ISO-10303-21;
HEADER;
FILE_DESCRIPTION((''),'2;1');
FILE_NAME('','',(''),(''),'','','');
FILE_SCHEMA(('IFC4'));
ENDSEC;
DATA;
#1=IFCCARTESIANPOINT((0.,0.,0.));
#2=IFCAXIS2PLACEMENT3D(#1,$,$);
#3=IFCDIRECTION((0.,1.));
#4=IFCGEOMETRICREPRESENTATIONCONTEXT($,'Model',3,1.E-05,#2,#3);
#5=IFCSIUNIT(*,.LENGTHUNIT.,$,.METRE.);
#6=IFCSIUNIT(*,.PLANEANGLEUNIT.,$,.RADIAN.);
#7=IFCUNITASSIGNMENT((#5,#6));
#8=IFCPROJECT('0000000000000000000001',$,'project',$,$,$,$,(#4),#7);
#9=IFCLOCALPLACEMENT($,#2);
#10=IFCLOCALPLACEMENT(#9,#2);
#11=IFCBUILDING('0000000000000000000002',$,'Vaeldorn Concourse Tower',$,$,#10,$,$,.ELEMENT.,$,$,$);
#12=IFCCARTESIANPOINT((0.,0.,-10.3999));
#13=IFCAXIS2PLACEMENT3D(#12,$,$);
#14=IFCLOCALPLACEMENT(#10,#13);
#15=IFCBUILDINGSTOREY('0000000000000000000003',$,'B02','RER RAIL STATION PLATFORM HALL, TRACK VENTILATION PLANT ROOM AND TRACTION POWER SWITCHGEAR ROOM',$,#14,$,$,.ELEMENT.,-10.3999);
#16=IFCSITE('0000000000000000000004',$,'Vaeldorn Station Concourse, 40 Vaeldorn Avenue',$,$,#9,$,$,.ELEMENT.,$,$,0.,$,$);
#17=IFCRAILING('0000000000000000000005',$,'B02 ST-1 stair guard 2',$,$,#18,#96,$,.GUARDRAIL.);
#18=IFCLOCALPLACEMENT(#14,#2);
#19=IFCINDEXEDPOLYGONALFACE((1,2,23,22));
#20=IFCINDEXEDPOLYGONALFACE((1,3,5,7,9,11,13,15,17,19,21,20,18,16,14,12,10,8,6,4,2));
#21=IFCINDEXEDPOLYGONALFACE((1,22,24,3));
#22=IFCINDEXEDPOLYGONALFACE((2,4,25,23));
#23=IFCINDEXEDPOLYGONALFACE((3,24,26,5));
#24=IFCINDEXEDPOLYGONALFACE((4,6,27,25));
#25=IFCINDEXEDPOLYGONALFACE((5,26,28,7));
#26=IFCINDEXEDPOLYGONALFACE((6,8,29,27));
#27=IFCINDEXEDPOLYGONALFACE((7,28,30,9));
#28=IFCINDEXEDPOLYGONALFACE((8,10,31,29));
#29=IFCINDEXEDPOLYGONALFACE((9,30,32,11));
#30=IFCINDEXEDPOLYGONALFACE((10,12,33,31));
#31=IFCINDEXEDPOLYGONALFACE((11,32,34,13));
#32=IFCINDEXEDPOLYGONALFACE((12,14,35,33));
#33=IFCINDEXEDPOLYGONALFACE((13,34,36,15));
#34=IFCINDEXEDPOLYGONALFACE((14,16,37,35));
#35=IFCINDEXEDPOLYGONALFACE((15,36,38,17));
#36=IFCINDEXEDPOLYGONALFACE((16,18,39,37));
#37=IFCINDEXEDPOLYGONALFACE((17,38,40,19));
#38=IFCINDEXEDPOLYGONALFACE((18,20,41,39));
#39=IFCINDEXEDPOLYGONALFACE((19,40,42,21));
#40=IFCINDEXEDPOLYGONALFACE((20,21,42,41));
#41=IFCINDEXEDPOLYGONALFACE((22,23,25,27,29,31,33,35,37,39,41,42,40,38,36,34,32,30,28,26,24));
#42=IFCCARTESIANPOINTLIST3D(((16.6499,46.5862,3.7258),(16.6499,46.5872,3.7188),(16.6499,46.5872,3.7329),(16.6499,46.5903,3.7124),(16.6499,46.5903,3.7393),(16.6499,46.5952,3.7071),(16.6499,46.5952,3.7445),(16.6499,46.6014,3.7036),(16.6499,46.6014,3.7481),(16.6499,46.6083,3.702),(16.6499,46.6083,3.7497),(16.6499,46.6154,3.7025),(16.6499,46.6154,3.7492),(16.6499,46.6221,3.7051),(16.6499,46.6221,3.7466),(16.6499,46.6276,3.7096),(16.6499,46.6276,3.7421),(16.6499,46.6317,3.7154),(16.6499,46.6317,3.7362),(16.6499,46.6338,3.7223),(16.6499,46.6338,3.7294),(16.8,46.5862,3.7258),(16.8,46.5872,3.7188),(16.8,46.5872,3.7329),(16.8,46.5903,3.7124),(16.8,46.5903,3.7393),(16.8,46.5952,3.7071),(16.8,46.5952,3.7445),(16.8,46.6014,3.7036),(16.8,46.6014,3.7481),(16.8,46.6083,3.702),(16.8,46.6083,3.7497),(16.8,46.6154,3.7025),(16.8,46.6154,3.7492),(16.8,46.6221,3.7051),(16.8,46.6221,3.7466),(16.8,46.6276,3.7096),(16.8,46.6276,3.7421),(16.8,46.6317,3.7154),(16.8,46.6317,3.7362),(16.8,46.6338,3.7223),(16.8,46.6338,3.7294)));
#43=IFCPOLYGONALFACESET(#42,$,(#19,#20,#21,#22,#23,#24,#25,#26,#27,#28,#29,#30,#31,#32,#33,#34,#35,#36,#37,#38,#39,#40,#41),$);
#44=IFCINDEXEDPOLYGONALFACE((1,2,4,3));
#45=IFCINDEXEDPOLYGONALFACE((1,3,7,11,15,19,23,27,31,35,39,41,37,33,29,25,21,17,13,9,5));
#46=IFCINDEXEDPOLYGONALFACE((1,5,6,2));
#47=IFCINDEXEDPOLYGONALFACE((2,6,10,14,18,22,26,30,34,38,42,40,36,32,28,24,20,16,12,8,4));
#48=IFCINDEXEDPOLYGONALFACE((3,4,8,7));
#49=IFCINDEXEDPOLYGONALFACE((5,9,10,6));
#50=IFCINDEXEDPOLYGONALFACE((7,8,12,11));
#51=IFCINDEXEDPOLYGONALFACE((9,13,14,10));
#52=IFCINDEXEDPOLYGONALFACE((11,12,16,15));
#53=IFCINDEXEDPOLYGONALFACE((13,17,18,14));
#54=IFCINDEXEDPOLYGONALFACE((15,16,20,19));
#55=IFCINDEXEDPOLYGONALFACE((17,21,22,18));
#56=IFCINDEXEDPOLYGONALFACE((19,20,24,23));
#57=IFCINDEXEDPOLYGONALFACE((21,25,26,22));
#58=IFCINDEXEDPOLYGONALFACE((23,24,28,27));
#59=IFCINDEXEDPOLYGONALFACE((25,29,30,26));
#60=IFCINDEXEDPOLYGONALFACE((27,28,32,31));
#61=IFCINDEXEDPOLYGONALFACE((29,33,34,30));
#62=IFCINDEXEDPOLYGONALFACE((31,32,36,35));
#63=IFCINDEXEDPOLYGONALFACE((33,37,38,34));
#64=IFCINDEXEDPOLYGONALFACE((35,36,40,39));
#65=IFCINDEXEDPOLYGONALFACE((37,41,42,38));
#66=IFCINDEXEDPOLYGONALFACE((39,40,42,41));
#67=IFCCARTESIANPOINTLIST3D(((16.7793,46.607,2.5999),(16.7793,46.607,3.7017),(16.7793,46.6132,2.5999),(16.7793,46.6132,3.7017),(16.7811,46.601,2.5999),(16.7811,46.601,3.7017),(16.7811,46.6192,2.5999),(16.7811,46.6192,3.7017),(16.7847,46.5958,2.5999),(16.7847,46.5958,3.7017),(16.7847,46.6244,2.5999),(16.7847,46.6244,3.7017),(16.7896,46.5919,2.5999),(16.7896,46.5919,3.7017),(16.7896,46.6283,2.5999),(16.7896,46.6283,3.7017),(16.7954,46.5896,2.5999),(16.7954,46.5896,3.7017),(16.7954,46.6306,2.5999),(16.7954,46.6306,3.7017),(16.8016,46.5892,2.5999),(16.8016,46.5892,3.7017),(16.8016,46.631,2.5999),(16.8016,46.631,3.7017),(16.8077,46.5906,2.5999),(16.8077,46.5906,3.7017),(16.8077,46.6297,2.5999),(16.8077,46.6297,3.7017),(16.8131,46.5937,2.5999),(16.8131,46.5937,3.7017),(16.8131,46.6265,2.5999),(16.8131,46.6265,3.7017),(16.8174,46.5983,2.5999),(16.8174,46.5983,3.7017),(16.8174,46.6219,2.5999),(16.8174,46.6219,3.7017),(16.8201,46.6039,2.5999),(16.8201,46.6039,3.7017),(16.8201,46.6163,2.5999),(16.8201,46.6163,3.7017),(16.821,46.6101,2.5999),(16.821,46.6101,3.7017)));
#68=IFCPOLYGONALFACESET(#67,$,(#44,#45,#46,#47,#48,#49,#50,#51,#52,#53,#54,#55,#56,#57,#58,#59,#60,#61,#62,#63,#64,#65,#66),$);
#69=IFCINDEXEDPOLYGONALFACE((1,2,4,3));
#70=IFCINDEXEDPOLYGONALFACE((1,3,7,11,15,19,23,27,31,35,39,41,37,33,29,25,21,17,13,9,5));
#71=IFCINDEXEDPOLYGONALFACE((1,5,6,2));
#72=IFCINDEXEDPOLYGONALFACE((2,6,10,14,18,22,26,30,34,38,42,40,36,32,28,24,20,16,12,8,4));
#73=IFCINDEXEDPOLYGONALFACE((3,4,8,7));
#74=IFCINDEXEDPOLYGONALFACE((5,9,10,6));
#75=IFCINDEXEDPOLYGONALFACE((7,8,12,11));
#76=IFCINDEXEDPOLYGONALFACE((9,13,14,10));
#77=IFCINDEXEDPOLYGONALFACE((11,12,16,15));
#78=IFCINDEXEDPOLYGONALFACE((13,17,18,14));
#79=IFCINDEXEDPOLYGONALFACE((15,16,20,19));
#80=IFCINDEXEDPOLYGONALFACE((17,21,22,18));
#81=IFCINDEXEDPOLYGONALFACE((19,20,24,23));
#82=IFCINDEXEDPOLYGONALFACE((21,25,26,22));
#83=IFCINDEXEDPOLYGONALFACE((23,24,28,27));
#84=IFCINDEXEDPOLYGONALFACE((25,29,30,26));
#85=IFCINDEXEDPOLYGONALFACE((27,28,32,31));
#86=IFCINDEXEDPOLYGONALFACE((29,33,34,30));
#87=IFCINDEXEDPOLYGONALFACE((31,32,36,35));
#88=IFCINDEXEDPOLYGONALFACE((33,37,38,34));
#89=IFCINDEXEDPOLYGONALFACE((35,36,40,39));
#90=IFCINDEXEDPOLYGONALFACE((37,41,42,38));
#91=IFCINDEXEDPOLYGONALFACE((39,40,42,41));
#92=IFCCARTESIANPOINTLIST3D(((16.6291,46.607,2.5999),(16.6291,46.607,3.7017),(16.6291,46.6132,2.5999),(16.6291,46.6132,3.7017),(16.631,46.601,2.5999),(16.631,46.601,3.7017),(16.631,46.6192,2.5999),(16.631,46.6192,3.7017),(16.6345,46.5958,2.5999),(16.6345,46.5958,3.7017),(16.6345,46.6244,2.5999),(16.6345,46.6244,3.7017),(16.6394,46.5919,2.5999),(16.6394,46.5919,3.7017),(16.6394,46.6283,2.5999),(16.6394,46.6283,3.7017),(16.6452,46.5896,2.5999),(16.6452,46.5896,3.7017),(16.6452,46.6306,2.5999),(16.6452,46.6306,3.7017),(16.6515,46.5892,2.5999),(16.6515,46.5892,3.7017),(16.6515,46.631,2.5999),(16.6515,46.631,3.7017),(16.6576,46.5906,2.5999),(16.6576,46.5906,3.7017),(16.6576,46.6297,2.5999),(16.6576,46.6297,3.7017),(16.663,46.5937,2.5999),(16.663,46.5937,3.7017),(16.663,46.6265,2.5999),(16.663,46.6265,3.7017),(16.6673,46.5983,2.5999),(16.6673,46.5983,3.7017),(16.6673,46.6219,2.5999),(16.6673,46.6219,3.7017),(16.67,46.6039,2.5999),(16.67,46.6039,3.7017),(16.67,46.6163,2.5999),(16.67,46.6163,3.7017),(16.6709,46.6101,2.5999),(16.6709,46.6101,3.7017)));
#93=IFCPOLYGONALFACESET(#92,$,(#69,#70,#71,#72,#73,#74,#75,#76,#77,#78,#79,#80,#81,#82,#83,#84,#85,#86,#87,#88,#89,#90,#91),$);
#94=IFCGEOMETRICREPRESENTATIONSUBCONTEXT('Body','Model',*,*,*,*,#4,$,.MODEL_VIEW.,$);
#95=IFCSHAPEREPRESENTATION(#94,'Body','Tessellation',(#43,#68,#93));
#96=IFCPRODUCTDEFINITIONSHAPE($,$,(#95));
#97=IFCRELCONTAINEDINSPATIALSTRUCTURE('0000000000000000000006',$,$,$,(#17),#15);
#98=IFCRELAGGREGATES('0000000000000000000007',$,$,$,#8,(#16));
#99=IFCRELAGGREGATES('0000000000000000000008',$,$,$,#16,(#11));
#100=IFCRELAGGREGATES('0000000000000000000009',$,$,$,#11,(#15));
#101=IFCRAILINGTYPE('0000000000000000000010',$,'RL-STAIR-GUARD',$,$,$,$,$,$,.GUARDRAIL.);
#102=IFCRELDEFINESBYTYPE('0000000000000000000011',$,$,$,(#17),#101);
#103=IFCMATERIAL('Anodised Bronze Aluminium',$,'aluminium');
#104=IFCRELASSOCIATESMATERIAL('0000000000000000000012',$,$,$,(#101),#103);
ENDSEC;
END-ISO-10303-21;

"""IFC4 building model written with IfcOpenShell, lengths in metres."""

from ifc_helpers import new_model, si_unit, direction, frame, origin, origin_2d, place, context, subcontext, project, spatial, circle, extrude, material, type_object, element, save


model = new_model("IFC4")

# Units and contexts
model_context = context("Model", 3, precision=1e-05, world=origin(), true_north=direction((0.0, 1.0)))
body_context = subcontext(model_context, "Body", "Model", "MODEL_VIEW")
ifc_project = project(units=[si_unit("LENGTHUNIT", "METRE"), si_unit("PLANEANGLEUNIT", "RADIAN")], contexts=[model_context])

# Site, building, storey
site_placement = place(None, origin())
site = spatial("IfcSite", under=ifc_project, at=site_placement, Name="Vaeldorn Station Concourse, 40 Vaeldorn Avenue", CompositionType="ELEMENT", RefElevation=0.0)
building_placement = place(site_placement, origin())
building = spatial("IfcBuilding", under=site, at=building_placement, Name="Vaeldorn Concourse Tower", CompositionType="ELEMENT")
storey_placement = place(building_placement, frame((0.0, 0.0, -10.3999)))
storey = spatial("IfcBuildingStorey", under=building, at=storey_placement, Name="B02", Description="RER RAIL STATION PLATFORM HALL, TRACK VENTILATION PLANT ROOM AND TRACTION POWER SWITCHGEAR ROOM", CompositionType="ELEMENT", Elevation=-10.3999)

# Shared definitions
ifc_material_1 = material(Name="Anodised Bronze Aluminium", Category="aluminium")

# Railing
railing_type_1 = type_object("IfcRailingType", Name="RL-STAIR-GUARD", PredefinedType="GUARDRAIL", material=ifc_material_1)
railing_1_placement = place(storey_placement, frame((16.8, 46.6101, 2.5999)))
element("IfcRailing", 1, at=railing_1_placement, inside=storey, type_object=railing_type_1, Name="B02 ST-1 stair guard 2", PredefinedType="GUARDRAIL", context=body_context, shape_type="SweptSolid", body=[
    extrude(circle(Radius=0.0239, at=origin_2d()), frame((0.0, 0.0, 1.126), z_axis=(-1.0, 0.0, 0.0), x_axis=(0.0, -1.0, 0.0)), (0.0, 0.0, 1.0), 0.1501),
    extrude(circle(Radius=0.021, at=origin_2d()), origin(), (0.0, 0.0, 1.0), 1.1018),
    extrude(circle(Radius=0.021, at=origin_2d()), frame((-0.1501, 0.0, 0.0)), (0.0, 0.0, 1.0), 1.1018),
])

save(model, "model.ifc")
